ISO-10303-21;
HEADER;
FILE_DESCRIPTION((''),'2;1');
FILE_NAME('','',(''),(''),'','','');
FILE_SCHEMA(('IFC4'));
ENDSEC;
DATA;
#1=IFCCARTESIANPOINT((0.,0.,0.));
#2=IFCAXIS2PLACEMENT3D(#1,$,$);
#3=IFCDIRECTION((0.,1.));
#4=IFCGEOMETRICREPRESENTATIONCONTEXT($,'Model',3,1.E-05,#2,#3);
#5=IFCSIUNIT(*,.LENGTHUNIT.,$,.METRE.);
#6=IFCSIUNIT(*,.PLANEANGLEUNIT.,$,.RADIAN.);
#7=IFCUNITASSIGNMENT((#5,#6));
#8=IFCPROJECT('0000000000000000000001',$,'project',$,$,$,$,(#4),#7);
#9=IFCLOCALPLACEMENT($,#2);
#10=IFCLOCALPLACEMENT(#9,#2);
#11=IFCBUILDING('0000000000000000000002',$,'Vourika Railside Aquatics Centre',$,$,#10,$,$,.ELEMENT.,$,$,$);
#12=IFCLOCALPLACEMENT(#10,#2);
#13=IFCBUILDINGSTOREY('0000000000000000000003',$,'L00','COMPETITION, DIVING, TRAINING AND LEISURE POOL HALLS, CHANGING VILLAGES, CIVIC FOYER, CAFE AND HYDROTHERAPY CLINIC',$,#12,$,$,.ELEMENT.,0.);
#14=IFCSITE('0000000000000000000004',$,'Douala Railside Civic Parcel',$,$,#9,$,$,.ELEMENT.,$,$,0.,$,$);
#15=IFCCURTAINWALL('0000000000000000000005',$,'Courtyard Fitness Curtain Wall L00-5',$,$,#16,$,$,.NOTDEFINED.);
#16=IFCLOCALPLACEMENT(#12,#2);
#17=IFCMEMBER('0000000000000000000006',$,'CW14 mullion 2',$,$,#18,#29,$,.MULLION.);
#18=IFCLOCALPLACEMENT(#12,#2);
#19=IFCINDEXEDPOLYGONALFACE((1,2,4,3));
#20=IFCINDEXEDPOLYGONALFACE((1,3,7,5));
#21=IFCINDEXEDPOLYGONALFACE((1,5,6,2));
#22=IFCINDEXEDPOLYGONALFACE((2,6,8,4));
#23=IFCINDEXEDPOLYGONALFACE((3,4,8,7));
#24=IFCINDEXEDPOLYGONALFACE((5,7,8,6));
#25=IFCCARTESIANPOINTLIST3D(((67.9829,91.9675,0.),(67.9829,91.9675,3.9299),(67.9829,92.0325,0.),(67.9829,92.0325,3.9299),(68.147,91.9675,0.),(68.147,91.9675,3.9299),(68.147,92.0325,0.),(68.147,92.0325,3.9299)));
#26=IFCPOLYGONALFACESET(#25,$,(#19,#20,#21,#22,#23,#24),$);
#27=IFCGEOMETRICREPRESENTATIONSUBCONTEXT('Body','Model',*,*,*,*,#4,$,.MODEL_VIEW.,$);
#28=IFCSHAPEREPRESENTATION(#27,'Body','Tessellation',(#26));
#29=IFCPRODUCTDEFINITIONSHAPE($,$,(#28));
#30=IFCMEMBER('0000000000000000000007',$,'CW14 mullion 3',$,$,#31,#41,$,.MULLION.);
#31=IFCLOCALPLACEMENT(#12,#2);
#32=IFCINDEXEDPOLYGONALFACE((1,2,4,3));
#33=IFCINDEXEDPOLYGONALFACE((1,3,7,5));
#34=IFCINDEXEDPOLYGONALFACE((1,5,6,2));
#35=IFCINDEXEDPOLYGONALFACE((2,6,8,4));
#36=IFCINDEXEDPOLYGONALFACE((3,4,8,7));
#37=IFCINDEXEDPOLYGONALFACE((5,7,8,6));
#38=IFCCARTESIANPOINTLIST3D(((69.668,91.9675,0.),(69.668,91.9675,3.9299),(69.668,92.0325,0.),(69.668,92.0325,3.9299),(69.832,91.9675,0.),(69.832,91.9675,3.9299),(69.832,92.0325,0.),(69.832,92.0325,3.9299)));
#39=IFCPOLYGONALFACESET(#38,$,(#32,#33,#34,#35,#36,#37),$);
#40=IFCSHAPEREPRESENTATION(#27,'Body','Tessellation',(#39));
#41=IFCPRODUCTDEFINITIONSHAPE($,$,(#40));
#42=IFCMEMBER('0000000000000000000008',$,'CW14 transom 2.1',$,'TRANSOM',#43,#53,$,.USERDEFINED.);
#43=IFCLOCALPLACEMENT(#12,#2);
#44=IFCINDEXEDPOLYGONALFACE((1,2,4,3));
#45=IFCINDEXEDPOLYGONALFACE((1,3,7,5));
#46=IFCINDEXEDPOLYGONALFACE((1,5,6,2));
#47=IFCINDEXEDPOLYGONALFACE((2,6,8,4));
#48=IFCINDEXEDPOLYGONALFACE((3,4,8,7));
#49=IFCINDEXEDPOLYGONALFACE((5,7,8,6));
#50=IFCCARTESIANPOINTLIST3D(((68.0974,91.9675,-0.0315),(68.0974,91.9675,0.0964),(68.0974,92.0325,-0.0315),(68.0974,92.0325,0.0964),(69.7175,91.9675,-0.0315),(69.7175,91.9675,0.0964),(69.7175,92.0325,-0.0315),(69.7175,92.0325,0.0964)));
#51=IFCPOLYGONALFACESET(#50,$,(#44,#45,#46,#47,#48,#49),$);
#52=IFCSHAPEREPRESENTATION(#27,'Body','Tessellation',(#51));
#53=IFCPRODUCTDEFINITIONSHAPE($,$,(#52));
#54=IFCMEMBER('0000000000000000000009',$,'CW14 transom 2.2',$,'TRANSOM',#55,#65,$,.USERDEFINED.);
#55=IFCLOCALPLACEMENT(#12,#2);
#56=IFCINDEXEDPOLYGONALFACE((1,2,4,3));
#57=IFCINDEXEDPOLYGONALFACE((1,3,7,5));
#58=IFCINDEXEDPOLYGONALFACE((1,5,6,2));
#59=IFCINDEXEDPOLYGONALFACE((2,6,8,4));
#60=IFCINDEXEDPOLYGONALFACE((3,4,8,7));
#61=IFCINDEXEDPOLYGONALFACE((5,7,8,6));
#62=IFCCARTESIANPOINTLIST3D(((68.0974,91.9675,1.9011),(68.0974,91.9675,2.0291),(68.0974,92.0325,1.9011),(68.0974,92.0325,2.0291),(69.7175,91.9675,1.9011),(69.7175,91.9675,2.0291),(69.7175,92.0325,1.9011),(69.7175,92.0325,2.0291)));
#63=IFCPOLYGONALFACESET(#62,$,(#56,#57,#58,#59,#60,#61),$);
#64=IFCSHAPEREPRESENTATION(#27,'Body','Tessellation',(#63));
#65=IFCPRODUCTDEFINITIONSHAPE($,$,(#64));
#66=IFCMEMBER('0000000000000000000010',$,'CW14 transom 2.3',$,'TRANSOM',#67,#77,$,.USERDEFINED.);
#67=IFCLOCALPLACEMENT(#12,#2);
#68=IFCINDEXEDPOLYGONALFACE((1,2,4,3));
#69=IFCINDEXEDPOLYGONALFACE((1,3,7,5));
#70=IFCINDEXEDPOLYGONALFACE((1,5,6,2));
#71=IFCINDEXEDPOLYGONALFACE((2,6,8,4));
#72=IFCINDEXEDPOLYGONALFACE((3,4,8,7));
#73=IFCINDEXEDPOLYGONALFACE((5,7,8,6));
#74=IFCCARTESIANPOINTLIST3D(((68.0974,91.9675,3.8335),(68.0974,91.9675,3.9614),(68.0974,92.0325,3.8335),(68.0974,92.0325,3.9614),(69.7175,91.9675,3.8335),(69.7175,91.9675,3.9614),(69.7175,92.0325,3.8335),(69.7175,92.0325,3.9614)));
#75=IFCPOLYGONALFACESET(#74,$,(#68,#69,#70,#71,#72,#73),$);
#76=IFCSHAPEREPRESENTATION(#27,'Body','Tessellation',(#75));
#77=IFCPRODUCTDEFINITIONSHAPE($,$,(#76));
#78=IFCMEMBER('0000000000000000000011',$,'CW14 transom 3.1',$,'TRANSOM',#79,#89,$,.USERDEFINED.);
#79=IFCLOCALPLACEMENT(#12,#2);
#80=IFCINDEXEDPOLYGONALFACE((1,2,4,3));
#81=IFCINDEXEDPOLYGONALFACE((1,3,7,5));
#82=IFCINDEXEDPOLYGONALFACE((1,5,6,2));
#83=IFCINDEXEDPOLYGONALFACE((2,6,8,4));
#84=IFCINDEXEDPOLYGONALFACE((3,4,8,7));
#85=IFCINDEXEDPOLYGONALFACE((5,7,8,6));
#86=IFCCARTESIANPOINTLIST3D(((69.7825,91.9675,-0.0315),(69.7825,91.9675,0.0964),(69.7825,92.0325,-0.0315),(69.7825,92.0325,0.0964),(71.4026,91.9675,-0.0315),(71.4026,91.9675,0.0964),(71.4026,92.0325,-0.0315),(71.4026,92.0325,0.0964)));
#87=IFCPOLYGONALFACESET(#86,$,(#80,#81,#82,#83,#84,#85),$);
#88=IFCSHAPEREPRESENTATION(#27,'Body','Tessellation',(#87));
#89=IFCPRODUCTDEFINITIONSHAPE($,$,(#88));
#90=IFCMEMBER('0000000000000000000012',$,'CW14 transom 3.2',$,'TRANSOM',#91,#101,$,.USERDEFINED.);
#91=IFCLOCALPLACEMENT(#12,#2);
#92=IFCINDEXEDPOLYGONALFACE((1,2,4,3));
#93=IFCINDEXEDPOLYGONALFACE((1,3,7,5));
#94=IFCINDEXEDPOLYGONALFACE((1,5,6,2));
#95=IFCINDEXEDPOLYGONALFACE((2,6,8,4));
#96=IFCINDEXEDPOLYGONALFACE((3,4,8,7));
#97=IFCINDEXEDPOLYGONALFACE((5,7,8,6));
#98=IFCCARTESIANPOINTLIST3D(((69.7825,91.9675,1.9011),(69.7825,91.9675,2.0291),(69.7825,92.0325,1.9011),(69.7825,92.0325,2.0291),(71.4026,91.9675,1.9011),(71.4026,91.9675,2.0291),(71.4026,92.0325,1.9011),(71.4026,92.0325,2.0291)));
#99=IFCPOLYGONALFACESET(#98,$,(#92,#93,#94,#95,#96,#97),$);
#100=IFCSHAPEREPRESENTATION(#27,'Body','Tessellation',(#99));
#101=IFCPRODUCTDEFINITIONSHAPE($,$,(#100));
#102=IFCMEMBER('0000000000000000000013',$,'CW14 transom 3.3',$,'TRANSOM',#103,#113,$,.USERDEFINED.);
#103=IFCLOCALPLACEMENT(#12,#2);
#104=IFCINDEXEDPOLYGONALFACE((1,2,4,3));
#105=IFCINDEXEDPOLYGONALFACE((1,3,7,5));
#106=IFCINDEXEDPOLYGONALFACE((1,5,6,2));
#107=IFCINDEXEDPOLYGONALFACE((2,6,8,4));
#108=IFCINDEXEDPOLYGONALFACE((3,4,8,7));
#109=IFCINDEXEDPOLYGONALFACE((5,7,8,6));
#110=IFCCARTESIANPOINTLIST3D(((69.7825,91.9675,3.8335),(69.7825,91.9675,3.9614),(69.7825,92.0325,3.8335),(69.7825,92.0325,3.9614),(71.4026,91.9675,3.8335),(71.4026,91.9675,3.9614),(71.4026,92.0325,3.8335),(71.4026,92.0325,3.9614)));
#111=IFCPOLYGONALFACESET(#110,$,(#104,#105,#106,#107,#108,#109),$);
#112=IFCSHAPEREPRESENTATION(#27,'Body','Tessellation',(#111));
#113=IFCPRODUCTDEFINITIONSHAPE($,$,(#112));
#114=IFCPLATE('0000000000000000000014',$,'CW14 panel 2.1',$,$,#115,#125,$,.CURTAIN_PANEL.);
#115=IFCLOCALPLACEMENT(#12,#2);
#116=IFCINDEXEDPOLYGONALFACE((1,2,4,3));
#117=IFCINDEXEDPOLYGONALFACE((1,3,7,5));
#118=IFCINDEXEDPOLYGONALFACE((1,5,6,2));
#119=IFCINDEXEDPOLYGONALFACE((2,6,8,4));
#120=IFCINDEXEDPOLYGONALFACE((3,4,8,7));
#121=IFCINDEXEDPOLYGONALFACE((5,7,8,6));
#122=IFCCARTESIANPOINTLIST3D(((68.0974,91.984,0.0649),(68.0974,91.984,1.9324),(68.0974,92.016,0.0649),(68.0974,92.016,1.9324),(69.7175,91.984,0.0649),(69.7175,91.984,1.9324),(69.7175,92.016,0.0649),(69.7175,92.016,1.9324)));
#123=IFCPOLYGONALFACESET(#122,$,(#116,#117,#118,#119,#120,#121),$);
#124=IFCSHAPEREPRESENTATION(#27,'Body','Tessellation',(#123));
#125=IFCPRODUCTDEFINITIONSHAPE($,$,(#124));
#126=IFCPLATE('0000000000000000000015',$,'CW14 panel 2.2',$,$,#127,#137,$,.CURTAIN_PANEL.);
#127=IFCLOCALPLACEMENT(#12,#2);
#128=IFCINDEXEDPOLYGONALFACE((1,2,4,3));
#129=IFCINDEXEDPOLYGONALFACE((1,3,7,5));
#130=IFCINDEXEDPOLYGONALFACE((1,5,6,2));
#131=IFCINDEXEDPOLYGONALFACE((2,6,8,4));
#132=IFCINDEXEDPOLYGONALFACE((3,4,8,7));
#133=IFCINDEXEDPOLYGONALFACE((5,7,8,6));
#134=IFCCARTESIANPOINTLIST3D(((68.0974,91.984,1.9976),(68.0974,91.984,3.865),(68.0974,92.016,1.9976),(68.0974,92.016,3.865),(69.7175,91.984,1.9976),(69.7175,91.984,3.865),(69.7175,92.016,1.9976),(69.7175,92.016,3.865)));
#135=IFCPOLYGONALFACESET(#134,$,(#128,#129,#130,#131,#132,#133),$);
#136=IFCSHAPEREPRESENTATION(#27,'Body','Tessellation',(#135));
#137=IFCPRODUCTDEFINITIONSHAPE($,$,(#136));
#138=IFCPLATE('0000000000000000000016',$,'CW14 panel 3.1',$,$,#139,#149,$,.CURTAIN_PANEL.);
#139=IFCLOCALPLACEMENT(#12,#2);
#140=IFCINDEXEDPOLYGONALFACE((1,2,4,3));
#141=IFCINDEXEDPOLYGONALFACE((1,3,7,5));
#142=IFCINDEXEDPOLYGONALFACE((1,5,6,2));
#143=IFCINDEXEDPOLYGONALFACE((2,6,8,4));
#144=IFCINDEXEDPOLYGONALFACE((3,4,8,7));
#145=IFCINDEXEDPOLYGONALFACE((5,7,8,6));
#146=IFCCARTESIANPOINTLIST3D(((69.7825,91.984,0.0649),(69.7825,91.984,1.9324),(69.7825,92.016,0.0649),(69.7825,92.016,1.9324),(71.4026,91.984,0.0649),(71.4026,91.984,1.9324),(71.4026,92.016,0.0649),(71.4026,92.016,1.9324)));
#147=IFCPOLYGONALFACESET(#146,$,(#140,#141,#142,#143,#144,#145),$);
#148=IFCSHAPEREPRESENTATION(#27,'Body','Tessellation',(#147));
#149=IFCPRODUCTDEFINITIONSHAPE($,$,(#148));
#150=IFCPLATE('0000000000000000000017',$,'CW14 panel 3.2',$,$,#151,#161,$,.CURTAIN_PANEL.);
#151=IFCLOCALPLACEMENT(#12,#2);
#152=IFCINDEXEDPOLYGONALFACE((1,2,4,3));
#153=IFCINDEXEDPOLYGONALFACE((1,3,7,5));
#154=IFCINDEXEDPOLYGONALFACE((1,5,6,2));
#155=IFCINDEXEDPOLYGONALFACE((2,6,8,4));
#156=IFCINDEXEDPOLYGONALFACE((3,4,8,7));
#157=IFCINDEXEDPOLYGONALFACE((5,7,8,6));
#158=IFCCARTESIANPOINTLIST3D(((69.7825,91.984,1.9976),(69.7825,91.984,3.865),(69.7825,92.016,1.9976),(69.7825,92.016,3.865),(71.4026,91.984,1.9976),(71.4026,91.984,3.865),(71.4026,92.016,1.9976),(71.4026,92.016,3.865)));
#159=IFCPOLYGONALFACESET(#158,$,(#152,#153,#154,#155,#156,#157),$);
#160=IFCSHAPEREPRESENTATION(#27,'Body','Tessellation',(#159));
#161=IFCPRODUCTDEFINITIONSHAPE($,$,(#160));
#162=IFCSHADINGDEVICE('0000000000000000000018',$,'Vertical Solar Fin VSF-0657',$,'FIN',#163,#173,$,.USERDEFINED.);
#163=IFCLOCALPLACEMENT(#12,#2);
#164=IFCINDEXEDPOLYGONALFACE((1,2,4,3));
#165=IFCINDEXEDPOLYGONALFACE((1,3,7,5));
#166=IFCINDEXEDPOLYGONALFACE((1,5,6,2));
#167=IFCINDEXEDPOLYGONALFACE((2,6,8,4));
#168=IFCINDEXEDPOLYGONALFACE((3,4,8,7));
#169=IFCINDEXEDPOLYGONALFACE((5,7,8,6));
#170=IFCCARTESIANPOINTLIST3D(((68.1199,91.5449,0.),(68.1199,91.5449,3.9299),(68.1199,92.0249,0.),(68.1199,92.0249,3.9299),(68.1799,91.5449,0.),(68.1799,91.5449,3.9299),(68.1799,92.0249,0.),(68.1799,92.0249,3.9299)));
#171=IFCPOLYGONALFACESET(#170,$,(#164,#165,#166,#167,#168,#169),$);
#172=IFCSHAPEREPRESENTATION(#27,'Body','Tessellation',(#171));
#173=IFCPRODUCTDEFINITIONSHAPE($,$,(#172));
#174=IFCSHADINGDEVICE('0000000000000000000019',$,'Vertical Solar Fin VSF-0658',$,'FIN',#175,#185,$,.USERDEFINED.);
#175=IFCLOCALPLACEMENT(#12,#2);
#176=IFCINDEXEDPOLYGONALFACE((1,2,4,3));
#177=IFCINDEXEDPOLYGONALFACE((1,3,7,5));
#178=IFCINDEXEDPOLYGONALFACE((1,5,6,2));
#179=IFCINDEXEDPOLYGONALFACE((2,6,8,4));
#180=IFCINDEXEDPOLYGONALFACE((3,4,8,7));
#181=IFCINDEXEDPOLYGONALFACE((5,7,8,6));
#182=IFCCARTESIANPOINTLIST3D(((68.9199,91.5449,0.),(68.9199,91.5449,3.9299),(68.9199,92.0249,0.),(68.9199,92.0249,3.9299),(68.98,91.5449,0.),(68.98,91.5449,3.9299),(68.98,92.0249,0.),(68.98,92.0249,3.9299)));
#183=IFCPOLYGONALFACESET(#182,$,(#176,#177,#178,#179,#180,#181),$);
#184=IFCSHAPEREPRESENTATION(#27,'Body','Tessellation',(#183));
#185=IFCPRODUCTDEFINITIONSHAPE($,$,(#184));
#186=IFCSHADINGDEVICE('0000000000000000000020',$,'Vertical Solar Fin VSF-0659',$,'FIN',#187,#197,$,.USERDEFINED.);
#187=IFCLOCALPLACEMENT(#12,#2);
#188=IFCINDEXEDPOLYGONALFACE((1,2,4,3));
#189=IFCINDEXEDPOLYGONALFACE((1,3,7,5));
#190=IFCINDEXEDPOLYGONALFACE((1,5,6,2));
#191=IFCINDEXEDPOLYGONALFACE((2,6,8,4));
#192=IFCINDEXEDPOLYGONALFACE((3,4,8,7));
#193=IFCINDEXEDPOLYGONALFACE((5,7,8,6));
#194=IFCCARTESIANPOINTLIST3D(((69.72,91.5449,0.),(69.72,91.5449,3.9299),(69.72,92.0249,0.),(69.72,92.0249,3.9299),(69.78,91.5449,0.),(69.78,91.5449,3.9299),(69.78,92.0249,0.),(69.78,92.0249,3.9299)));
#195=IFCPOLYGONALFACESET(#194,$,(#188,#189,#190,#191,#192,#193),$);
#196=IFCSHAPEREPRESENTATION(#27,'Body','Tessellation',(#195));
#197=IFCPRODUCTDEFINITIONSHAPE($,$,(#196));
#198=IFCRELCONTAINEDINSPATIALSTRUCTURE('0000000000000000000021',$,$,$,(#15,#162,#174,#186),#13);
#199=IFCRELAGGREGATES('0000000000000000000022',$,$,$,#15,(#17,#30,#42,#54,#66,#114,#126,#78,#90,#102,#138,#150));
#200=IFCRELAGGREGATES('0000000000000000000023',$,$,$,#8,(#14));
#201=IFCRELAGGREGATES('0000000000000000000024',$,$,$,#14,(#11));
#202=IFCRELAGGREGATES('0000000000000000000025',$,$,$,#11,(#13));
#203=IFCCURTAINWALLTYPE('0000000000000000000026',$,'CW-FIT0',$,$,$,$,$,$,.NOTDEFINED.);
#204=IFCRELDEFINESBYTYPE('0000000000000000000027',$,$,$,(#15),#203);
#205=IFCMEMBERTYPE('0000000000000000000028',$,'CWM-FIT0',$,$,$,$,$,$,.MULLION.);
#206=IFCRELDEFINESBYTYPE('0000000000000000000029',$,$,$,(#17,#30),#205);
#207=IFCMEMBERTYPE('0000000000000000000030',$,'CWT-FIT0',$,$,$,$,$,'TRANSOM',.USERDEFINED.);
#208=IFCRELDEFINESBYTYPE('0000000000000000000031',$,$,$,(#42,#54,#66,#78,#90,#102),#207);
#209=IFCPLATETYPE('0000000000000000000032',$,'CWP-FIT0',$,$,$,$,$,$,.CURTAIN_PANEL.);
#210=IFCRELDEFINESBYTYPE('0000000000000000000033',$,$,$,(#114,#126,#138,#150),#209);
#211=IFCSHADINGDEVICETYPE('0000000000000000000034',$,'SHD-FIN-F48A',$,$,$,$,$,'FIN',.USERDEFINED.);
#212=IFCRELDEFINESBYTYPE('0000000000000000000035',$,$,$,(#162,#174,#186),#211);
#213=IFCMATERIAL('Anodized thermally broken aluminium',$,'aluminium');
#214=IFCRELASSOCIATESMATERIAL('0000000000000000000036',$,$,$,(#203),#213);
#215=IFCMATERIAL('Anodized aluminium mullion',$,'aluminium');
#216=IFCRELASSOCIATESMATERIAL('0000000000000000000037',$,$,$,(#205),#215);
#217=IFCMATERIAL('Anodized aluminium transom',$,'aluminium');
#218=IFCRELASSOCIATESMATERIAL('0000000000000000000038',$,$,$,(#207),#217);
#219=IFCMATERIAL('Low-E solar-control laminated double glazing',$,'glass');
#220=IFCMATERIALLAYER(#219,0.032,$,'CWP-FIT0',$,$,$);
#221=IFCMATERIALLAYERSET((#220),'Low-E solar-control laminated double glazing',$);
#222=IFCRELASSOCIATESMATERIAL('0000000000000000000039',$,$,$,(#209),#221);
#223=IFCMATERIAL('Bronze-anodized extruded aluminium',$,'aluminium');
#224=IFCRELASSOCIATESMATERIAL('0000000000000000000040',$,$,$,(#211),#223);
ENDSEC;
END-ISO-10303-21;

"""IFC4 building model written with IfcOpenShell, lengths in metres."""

from ifc_helpers import new_model, si_unit, direction, frame, origin, origin_2d, place, context, subcontext, project, spatial, rectangle, extrude, material, layer, layer_set, material_profile, profile_set, type_object, element, aggregate, save


model = new_model("IFC4")

# Units and contexts
model_context = context("Model", 3, precision=1e-05, world=origin(), true_north=direction((0.0, 1.0)))
body_context = subcontext(model_context, "Body", "Model", "MODEL_VIEW")
ifc_project = project(units=[si_unit("LENGTHUNIT", "METRE"), si_unit("PLANEANGLEUNIT", "RADIAN")], contexts=[model_context])

# Site, building, storey
site_placement = place(None, origin())
site = spatial("IfcSite", under=ifc_project, at=site_placement, Name="Douala Railside Civic Parcel", CompositionType="ELEMENT", RefElevation=0.0)
building_placement = place(site_placement, origin())
building = spatial("IfcBuilding", under=site, at=building_placement, Name="Vourika Railside Aquatics Centre", CompositionType="ELEMENT")
storey_placement = place(building_placement, origin())
storey = spatial("IfcBuildingStorey", under=building, at=storey_placement, Name="L00", Description="COMPETITION, DIVING, TRAINING AND LEISURE POOL HALLS, CHANGING VILLAGES, CIVIC FOYER, CAFE AND HYDROTHERAPY CLINIC", CompositionType="ELEMENT", Elevation=0.0)

# Curtain wall, members, plates
ifc_material_1 = material(Name="Anodized thermally broken aluminium", Category="aluminium")
curtain_wall_type = type_object("IfcCurtainWallType", Name="CW-FIT0", PredefinedType="NOTDEFINED", material=ifc_material_1)
curtain_wall_placement = place(storey_placement, origin())
curtain_wall = element("IfcCurtainWall", 1, at=curtain_wall_placement, inside=storey, type_object=curtain_wall_type, Name="Courtyard Fitness Curtain Wall L00-5", PredefinedType="NOTDEFINED")
ifc_material_2 = material(Name="Anodized aluminium mullion", Category="aluminium")
ifc_material_profile_1 = material_profile(ifc_material_2, rectangle(XDim=0.0649, YDim=0.1641, at=origin_2d()), Name="ALU-M 65x164")
ifc_profile_set_1 = profile_set([ifc_material_profile_1], Name="Anodized aluminium mullion")
member_type_1 = type_object("IfcMemberType", Name="CWM-FIT0", PredefinedType="MULLION", material=ifc_profile_set_1)
member_1_placement = place(storey_placement, frame((68.0649, 92.0, 0.0), z_axis=(0.0, 0.0, 1.0), x_axis=(0.0, 1.0, 0.0)))
member_1 = element("IfcMember", 2, at=member_1_placement, type_object=member_type_1, Name="CW14 mullion 2", PredefinedType="MULLION", context=body_context, shape_type="SweptSolid", body=[
    extrude(rectangle(XDim=0.0649, YDim=0.1641, at=origin_2d()), origin(), (0.0, 0.0, 1.0), 3.9299),
])
member_2_placement = place(storey_placement, frame((69.75, 92.0, 0.0), z_axis=(0.0, 0.0, 1.0), x_axis=(0.0, 1.0, 0.0)))
member_2 = element("IfcMember", 3, at=member_2_placement, type_object=member_type_1, Name="CW14 mullion 3", PredefinedType="MULLION", context=body_context, shape_type="SweptSolid", body=[
    extrude(rectangle(XDim=0.0649, YDim=0.1641, at=origin_2d()), origin(), (0.0, 0.0, 1.0), 3.9299),
])
ifc_material_3 = material(Name="Anodized aluminium transom", Category="aluminium")
ifc_material_profile_2 = material_profile(ifc_material_3, rectangle(XDim=0.0649, YDim=0.1279, at=origin_2d()), Name="ALU-T 65x128")
ifc_profile_set_2 = profile_set([ifc_material_profile_2], Name="Anodized aluminium transom")
member_type_2 = type_object("IfcMemberType", Name="CWT-FIT0", ElementType="TRANSOM", PredefinedType="USERDEFINED", material=ifc_profile_set_2)
member_3_placement = place(storey_placement, frame((68.0974, 92.0, 0.0325), z_axis=(1.0, 0.0, 0.0), x_axis=(0.0, 1.0, 0.0)))
member_3 = element("IfcMember", 4, at=member_3_placement, type_object=member_type_2, Name="CW14 transom 2.1", ObjectType="TRANSOM", PredefinedType="USERDEFINED", context=body_context, shape_type="SweptSolid", body=[
    extrude(rectangle(XDim=0.0649, YDim=0.1279, at=origin_2d()), origin(), (0.0, 0.0, 1.0), 1.6201),
])
member_4_placement = place(storey_placement, frame((68.0974, 92.0, 1.9651), z_axis=(1.0, 0.0, 0.0), x_axis=(0.0, 1.0, 0.0)))
member_4 = element("IfcMember", 5, at=member_4_placement, type_object=member_type_2, Name="CW14 transom 2.2", ObjectType="TRANSOM", PredefinedType="USERDEFINED", context=body_context, shape_type="SweptSolid", body=[
    extrude(rectangle(XDim=0.0649, YDim=0.1279, at=origin_2d()), origin(), (0.0, 0.0, 1.0), 1.6201),
])
member_5_placement = place(storey_placement, frame((68.0974, 92.0, 3.8975), z_axis=(1.0, 0.0, 0.0), x_axis=(0.0, 1.0, 0.0)))
member_5 = element("IfcMember", 6, at=member_5_placement, type_object=member_type_2, Name="CW14 transom 2.3", ObjectType="TRANSOM", PredefinedType="USERDEFINED", context=body_context, shape_type="SweptSolid", body=[
    extrude(rectangle(XDim=0.0649, YDim=0.1279, at=origin_2d()), origin(), (0.0, 0.0, 1.0), 1.6201),
])
member_6_placement = place(storey_placement, frame((69.7825, 92.0, 0.0325), z_axis=(1.0, 0.0, 0.0), x_axis=(0.0, 1.0, 0.0)))
member_6 = element("IfcMember", 7, at=member_6_placement, type_object=member_type_2, Name="CW14 transom 3.1", ObjectType="TRANSOM", PredefinedType="USERDEFINED", context=body_context, shape_type="SweptSolid", body=[
    extrude(rectangle(XDim=0.0649, YDim=0.1279, at=origin_2d()), origin(), (0.0, 0.0, 1.0), 1.6201),
])
member_7_placement = place(storey_placement, frame((69.7825, 92.0, 1.9651), z_axis=(1.0, 0.0, 0.0), x_axis=(0.0, 1.0, 0.0)))
member_7 = element("IfcMember", 8, at=member_7_placement, type_object=member_type_2, Name="CW14 transom 3.2", ObjectType="TRANSOM", PredefinedType="USERDEFINED", context=body_context, shape_type="SweptSolid", body=[
    extrude(rectangle(XDim=0.0649, YDim=0.1279, at=origin_2d()), origin(), (0.0, 0.0, 1.0), 1.6201),
])
member_8_placement = place(storey_placement, frame((69.7825, 92.0, 3.8975), z_axis=(1.0, 0.0, 0.0), x_axis=(0.0, 1.0, 0.0)))
member_8 = element("IfcMember", 9, at=member_8_placement, type_object=member_type_2, Name="CW14 transom 3.3", ObjectType="TRANSOM", PredefinedType="USERDEFINED", context=body_context, shape_type="SweptSolid", body=[
    extrude(rectangle(XDim=0.0649, YDim=0.1279, at=origin_2d()), origin(), (0.0, 0.0, 1.0), 1.6201),
])
ifc_material_4 = material(Name="Low-E solar-control laminated double glazing", Category="glass")
ifc_layer = layer(ifc_material_4, 0.032, Name="CWP-FIT0")
ifc_layer_set = layer_set([ifc_layer], Name="Low-E solar-control laminated double glazing")
plate_type = type_object("IfcPlateType", Name="CWP-FIT0", PredefinedType="CURTAIN_PANEL", material=ifc_layer_set)
plate_1_placement = place(storey_placement, frame((68.9075, 92.0, 0.0649), z_axis=(0.0, 0.0, 1.0), x_axis=(1.0, 0.0, 0.0)))
plate_1 = element("IfcPlate", 10, at=plate_1_placement, type_object=plate_type, Name="CW14 panel 2.1", PredefinedType="CURTAIN_PANEL", context=body_context, shape_type="SweptSolid", body=[
    extrude(rectangle(XDim=1.6201, YDim=0.032, at=origin_2d()), origin(), (0.0, 0.0, 1.0), 1.8674),
])
plate_2_placement = place(storey_placement, frame((68.9075, 92.0, 1.9976), z_axis=(0.0, 0.0, 1.0), x_axis=(1.0, 0.0, 0.0)))
plate_2 = element("IfcPlate", 11, at=plate_2_placement, type_object=plate_type, Name="CW14 panel 2.2", PredefinedType="CURTAIN_PANEL", context=body_context, shape_type="SweptSolid", body=[
    extrude(rectangle(XDim=1.6201, YDim=0.032, at=origin_2d()), origin(), (0.0, 0.0, 1.0), 1.8674),
])
plate_3_placement = place(storey_placement, frame((70.5925, 92.0, 0.0649), z_axis=(0.0, 0.0, 1.0), x_axis=(1.0, 0.0, 0.0)))
plate_3 = element("IfcPlate", 12, at=plate_3_placement, type_object=plate_type, Name="CW14 panel 3.1", PredefinedType="CURTAIN_PANEL", context=body_context, shape_type="SweptSolid", body=[
    extrude(rectangle(XDim=1.6201, YDim=0.032, at=origin_2d()), origin(), (0.0, 0.0, 1.0), 1.8674),
])
plate_4_placement = place(storey_placement, frame((70.5925, 92.0, 1.9976), z_axis=(0.0, 0.0, 1.0), x_axis=(1.0, 0.0, 0.0)))
plate_4 = element("IfcPlate", 13, at=plate_4_placement, type_object=plate_type, Name="CW14 panel 3.2", PredefinedType="CURTAIN_PANEL", context=body_context, shape_type="SweptSolid", body=[
    extrude(rectangle(XDim=1.6201, YDim=0.032, at=origin_2d()), origin(), (0.0, 0.0, 1.0), 1.8674),
])
aggregate(curtain_wall, [member_1, member_2, member_3, member_4, member_5, plate_1, plate_2, member_6, member_7, member_8, plate_3, plate_4])

# Shading devices
ifc_material_5 = material(Name="Bronze-anodized extruded aluminium", Category="aluminium")
ifc_material_profile_3 = material_profile(ifc_material_5, rectangle(XDim=0.0601, YDim=0.48, at=origin_2d()), Name="ALU-FIN 60x480")
ifc_profile_set_3 = profile_set([ifc_material_profile_3], Name="Bronze-anodized extruded aluminium")
shading_device_type = type_object("IfcShadingDeviceType", Name="SHD-FIN-F48A", ElementType="FIN", PredefinedType="USERDEFINED", material=ifc_profile_set_3)
for number, where, z_axis, x_axis, name in (
    (14, (68.1499, 91.7849, 0.0), (0.0, 0.0, 1.0), (-1.0, 0.0, 0.0), "Vertical Solar Fin VSF-0657"),
    (15, (68.95, 91.7849, 0.0), (0.0, 0.0, 1.0), (-1.0, 0.0, 0.0), "Vertical Solar Fin VSF-0658"),
    (16, (69.75, 91.7849, 0.0), (0.0, 0.0, 1.0), (-1.0, 0.0, 0.0), "Vertical Solar Fin VSF-0659"),
):
    element("IfcShadingDevice", number, at=place(storey_placement, frame(where, z_axis=z_axis, x_axis=x_axis)), inside=storey, type_object=shading_device_type, Name=name, ObjectType="FIN", PredefinedType="USERDEFINED", context=body_context, shape_type="SweptSolid", body=[
        extrude(rectangle(XDim=0.0601, YDim=0.48, at=origin_2d()), origin(), (0.0, 0.0, 1.0), 3.9299),
    ])

save(model, "model.ifc")
